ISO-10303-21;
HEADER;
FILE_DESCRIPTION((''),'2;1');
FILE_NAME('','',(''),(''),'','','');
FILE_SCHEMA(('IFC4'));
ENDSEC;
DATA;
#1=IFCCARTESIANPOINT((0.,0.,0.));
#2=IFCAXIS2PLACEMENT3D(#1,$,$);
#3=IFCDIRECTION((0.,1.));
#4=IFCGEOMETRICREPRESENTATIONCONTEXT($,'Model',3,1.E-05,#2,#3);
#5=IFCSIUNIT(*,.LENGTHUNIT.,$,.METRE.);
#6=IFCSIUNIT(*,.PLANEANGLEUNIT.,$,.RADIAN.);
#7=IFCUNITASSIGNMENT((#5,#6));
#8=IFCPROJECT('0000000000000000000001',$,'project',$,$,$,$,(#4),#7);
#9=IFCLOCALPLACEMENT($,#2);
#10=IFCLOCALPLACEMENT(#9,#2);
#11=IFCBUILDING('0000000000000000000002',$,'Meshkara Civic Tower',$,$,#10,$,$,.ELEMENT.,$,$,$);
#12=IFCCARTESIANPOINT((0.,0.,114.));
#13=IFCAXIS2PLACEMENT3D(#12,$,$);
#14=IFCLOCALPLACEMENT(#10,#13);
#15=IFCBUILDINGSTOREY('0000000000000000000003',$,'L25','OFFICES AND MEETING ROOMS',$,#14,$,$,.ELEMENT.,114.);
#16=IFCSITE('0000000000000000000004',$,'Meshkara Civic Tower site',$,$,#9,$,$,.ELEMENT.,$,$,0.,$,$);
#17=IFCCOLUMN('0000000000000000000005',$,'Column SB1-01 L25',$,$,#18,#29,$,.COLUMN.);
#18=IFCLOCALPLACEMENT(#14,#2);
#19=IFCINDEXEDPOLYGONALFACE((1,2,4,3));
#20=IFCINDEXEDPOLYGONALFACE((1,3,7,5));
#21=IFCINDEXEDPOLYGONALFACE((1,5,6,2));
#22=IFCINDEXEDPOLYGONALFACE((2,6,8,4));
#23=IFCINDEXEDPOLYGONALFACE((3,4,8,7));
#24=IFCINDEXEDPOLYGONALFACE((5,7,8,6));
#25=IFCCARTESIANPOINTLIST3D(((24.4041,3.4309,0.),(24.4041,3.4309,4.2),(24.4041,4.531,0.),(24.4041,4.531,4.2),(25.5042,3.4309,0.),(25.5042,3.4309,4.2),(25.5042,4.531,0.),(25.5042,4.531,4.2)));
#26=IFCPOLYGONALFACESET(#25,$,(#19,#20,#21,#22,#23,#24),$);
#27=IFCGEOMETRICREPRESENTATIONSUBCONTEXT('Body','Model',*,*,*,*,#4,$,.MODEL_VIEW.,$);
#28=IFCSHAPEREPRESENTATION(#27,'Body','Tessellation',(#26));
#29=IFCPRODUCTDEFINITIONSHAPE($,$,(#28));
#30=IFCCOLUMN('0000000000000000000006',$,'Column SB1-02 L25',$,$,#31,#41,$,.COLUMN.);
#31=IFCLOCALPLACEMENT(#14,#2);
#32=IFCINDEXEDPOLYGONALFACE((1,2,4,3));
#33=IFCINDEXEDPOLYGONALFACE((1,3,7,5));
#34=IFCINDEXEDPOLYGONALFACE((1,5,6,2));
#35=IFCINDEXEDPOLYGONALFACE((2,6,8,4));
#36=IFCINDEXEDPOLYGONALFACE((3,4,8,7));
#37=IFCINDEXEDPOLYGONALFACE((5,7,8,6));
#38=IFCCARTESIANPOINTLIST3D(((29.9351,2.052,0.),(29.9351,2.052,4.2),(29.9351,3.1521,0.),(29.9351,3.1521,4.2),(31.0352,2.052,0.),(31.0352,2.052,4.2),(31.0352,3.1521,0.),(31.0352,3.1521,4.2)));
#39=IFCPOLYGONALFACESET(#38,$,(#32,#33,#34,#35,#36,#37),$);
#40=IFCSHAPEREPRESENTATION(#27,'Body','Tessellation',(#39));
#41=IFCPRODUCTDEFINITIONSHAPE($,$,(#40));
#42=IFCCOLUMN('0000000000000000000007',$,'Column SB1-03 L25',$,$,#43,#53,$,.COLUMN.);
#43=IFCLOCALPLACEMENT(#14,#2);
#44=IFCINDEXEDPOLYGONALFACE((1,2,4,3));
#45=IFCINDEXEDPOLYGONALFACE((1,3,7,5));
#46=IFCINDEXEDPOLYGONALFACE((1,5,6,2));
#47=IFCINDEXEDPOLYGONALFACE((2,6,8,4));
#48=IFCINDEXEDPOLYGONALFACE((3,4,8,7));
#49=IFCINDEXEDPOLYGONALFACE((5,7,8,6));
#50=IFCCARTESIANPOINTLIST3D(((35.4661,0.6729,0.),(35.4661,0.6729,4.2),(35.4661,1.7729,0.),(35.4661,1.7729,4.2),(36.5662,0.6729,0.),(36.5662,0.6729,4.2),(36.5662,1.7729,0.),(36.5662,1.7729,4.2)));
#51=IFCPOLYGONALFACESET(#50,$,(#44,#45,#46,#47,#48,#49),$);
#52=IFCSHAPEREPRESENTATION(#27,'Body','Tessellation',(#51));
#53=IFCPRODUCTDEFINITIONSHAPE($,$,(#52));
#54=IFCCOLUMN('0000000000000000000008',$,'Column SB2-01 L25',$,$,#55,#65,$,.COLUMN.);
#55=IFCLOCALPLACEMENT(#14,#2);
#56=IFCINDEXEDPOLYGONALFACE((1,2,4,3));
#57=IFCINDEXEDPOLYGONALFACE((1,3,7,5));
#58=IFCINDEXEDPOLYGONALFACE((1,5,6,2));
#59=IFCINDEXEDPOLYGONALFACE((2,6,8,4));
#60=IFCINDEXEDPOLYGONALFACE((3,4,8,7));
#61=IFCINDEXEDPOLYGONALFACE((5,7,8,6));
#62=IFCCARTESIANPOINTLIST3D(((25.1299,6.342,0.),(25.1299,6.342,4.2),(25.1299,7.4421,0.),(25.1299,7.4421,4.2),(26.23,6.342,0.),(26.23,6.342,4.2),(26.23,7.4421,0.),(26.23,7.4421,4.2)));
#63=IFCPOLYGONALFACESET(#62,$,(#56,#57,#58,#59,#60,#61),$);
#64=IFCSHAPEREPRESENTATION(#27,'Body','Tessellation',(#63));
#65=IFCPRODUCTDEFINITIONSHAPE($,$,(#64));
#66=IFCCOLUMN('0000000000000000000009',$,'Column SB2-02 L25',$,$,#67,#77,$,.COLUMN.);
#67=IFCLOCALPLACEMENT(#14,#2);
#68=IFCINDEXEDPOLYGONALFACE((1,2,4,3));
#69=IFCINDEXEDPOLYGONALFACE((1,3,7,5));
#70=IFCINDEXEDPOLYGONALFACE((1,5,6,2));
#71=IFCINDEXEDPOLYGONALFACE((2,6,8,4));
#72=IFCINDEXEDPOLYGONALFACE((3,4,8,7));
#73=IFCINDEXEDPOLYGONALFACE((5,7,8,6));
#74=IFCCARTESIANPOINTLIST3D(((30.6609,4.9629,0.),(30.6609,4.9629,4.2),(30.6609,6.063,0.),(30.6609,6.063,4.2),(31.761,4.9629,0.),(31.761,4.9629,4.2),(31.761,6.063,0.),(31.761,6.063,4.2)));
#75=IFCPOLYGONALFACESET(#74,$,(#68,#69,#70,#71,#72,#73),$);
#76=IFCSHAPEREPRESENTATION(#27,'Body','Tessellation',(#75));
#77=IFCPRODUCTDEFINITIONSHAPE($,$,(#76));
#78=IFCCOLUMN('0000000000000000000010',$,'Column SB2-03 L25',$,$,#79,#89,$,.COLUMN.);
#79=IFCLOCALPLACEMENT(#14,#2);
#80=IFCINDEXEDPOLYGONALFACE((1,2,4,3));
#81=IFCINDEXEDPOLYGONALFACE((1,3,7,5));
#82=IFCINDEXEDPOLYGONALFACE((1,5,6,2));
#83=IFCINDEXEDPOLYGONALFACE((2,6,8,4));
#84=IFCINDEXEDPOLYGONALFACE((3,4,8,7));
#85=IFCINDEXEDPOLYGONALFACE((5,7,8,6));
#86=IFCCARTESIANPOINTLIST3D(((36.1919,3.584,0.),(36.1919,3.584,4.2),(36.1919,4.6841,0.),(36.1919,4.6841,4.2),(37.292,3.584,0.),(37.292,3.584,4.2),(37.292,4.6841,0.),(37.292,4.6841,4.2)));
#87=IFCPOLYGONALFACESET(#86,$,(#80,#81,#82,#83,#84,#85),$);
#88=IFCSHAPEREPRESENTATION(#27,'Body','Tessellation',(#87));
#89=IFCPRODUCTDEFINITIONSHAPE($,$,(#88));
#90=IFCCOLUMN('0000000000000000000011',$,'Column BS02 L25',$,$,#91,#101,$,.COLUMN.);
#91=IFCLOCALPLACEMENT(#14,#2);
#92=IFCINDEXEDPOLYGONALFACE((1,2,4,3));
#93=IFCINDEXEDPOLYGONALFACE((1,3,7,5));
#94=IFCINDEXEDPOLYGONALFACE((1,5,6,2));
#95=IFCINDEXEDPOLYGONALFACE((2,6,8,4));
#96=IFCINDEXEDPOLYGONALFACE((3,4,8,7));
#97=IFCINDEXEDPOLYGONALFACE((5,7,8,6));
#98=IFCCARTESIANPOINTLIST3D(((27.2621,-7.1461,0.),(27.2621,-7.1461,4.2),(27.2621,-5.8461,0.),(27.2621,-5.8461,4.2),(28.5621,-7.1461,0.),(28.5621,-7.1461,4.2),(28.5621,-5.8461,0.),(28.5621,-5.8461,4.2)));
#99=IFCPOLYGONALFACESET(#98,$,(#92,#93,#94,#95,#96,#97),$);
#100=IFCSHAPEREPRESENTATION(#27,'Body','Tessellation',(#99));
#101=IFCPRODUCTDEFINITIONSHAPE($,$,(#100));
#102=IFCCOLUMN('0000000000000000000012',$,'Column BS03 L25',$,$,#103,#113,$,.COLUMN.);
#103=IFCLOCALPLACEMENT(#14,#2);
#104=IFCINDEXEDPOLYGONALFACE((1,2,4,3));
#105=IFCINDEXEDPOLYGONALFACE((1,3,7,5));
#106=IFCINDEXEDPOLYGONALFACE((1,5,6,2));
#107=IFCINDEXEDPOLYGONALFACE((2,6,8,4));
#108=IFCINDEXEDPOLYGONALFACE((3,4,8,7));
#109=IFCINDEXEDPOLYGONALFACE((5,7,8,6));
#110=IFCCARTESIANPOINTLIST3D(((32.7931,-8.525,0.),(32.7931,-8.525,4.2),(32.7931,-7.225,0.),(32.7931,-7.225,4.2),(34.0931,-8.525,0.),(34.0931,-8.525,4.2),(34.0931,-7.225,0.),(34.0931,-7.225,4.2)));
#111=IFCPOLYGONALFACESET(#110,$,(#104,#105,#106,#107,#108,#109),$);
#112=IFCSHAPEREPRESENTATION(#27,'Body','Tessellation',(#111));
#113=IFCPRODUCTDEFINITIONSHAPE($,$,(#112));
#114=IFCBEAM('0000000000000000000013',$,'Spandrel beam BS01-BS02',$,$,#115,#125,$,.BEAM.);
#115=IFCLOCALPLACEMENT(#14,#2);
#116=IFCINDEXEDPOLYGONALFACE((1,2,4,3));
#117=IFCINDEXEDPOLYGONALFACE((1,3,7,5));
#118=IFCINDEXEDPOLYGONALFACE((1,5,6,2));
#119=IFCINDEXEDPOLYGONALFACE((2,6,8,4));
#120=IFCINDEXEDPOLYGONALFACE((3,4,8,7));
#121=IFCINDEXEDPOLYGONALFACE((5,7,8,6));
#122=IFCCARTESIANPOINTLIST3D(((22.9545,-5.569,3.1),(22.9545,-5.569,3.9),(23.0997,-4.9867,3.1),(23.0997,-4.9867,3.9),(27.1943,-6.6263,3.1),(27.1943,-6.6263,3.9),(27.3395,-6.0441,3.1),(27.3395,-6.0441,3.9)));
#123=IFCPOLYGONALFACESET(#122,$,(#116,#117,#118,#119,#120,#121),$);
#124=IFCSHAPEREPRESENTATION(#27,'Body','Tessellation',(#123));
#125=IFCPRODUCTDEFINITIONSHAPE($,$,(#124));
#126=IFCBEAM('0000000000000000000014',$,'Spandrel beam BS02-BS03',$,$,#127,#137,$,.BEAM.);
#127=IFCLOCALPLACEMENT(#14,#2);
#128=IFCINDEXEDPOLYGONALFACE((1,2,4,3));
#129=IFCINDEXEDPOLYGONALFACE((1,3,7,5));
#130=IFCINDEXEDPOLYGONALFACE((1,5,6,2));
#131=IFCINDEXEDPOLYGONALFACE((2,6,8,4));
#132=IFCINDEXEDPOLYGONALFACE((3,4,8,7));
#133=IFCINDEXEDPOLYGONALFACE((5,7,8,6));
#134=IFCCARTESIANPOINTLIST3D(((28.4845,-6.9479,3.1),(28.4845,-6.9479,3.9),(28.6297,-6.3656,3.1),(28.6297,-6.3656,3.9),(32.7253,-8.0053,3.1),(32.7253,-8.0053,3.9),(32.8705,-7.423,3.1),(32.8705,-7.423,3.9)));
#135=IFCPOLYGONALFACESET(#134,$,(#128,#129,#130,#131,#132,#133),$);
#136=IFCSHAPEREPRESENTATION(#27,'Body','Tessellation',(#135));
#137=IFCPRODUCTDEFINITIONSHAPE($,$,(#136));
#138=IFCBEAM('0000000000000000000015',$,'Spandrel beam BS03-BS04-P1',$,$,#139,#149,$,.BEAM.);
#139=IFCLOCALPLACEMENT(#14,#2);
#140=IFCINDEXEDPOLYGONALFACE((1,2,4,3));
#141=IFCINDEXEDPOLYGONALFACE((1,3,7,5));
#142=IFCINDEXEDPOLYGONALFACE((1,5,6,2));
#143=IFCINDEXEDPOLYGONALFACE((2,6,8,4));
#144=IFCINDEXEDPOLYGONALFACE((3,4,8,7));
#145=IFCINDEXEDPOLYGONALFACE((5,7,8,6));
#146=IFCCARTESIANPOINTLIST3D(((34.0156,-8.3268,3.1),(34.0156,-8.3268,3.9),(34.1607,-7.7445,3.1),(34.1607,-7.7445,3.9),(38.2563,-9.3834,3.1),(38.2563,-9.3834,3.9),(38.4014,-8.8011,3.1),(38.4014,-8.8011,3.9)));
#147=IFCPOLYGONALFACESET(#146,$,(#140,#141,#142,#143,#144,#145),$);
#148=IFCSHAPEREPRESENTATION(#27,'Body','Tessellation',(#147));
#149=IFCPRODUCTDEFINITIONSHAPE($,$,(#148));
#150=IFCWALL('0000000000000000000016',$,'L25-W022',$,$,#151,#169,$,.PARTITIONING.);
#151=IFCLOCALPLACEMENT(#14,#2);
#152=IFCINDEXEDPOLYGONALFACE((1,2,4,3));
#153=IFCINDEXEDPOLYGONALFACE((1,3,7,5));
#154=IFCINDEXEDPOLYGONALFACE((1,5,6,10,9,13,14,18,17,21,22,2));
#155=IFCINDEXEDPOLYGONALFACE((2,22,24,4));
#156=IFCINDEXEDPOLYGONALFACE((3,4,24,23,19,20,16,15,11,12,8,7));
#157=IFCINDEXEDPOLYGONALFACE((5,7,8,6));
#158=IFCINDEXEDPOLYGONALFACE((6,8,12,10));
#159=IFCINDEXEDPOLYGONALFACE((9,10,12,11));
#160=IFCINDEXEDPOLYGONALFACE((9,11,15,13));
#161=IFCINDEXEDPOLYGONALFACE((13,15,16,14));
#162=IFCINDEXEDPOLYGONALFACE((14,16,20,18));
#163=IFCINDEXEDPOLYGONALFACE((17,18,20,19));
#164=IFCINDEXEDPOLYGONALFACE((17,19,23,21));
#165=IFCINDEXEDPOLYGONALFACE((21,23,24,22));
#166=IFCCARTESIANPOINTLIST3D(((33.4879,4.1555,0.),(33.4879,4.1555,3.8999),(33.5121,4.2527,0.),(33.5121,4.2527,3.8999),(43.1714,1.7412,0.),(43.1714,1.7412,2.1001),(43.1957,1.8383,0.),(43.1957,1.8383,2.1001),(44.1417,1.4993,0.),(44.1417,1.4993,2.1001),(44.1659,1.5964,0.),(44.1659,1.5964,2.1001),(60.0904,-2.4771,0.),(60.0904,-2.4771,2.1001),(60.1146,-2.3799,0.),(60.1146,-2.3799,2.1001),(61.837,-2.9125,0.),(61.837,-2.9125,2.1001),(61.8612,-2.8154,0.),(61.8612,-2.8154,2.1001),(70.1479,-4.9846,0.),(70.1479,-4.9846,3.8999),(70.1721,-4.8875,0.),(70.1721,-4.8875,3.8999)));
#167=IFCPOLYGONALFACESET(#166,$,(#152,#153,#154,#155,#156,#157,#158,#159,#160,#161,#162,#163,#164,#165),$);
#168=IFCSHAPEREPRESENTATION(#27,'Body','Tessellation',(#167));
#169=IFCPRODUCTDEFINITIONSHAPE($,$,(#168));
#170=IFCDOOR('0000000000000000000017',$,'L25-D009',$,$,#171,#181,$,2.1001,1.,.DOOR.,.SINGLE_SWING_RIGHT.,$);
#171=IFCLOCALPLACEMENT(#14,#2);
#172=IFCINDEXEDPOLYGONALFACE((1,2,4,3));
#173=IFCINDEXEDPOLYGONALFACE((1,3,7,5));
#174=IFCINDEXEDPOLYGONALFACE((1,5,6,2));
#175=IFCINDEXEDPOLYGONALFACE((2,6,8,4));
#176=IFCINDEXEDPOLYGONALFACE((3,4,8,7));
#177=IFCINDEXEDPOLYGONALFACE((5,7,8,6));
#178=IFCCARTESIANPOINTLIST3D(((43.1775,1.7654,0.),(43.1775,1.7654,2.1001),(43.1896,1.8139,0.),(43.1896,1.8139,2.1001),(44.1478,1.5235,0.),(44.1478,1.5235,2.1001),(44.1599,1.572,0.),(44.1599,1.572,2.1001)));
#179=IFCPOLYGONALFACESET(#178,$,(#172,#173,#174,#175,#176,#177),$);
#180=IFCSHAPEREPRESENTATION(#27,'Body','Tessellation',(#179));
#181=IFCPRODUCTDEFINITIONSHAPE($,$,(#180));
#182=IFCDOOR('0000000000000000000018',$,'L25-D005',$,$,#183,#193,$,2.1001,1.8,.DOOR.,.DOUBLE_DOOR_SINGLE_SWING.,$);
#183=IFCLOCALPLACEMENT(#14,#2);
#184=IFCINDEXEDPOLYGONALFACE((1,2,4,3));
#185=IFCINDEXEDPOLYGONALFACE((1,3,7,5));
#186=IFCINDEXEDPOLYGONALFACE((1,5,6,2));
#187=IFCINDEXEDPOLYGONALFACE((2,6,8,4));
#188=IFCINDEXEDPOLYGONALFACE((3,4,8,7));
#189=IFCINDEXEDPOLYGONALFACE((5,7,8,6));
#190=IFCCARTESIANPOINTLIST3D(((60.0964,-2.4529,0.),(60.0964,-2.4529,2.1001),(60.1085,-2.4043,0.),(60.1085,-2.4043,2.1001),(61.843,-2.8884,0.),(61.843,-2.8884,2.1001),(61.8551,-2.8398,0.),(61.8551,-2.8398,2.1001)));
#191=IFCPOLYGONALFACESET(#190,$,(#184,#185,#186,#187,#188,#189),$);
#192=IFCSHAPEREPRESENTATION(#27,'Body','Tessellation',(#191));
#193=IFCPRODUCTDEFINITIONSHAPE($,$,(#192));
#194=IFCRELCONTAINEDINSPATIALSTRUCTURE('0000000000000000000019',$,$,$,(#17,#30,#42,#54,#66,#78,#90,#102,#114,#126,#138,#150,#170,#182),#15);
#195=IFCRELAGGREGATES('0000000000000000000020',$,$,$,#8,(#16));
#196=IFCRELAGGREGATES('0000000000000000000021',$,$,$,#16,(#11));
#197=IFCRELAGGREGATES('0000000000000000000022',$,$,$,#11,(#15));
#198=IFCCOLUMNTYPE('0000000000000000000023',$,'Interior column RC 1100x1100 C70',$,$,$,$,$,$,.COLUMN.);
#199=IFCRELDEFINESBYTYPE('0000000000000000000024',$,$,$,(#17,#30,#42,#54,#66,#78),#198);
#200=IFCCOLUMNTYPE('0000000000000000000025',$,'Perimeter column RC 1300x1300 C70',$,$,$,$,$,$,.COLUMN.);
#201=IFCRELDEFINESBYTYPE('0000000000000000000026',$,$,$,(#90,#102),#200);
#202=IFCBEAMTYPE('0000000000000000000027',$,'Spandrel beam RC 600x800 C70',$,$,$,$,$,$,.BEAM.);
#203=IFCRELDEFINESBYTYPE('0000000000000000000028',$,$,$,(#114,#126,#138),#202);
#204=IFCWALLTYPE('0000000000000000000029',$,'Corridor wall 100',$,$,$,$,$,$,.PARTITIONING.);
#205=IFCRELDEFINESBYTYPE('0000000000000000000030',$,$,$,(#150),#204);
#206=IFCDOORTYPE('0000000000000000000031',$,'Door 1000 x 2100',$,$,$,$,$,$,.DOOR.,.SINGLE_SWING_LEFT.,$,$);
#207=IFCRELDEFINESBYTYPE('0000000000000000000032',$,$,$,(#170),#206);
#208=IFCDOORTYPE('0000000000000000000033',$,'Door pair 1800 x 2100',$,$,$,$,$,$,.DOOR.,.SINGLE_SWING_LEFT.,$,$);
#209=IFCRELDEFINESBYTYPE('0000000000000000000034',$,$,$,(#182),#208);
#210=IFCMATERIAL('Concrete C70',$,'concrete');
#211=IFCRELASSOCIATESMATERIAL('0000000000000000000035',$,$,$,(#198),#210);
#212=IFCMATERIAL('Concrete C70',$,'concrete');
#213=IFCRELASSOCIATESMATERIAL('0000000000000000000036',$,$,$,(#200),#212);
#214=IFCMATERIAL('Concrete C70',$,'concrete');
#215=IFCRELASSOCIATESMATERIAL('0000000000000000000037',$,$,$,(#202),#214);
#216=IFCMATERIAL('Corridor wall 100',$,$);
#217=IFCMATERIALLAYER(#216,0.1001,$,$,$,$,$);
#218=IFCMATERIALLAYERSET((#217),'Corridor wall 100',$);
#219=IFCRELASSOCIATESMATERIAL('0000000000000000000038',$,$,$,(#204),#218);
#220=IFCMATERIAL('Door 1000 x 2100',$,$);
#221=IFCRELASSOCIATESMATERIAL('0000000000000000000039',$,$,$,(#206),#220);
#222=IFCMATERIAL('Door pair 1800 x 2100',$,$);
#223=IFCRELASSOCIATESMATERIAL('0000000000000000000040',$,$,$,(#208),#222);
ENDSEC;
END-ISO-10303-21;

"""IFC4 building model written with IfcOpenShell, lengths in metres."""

from ifc_helpers import new_model, si_unit, direction, frame, frame_2d, origin, origin_2d, place, context, subcontext, project, spatial, rectangle, extrude, material, layer, layer_set, material_profile, profile_set, type_object, element, fill, save


model = new_model("IFC4")

# Units and contexts
model_context = context("Model", 3, precision=1e-05, world=origin(), true_north=direction((0.0, 1.0)))
body_context = subcontext(model_context, "Body", "Model", "MODEL_VIEW")
ifc_project = project(units=[si_unit("LENGTHUNIT", "METRE"), si_unit("PLANEANGLEUNIT", "RADIAN")], contexts=[model_context])

# Site, building, storey
site_placement = place(None, origin())
site = spatial("IfcSite", under=ifc_project, at=site_placement, Name="Meshkara Civic Tower site", CompositionType="ELEMENT", RefElevation=0.0)
building_placement = place(site_placement, origin())
building = spatial("IfcBuilding", under=site, at=building_placement, Name="Meshkara Civic Tower", CompositionType="ELEMENT")
storey_placement = place(building_placement, frame((0.0, 0.0, 114.0)))
storey = spatial("IfcBuildingStorey", under=building, at=storey_placement, Name="L25", Description="OFFICES AND MEETING ROOMS", CompositionType="ELEMENT", Elevation=114.0)

# Columns
ifc_material_1 = material(Name="Concrete C70", Category="concrete")
ifc_material_profile_1 = material_profile(ifc_material_1, rectangle(XDim=1.1001, YDim=1.1001, at=origin_2d()))
ifc_profile_set_1 = profile_set([ifc_material_profile_1], Name="Concrete C70")
column_type_1 = type_object("IfcColumnType", Name="Interior column RC 1100x1100 C70", PredefinedType="COLUMN", material=ifc_profile_set_1)
for number, where, z_axis, x_axis, name in (
    (1, (24.9541, 3.981, 0.0), (0.0, 0.0, 1.0), (1.0, 0.0, 0.0), "Column SB1-01 L25"),
    (2, (30.4851, 2.6021, 0.0), (0.0, 0.0, 1.0), (1.0, 0.0, 0.0), "Column SB1-02 L25"),
    (3, (36.0161, 1.2229, 0.0), (0.0, 0.0, 1.0), (1.0, 0.0, 0.0), "Column SB1-03 L25"),
    (4, (25.6799, 6.8921, 0.0), (0.0, 0.0, 1.0), (1.0, 0.0, 0.0), "Column SB2-01 L25"),
    (5, (31.2109, 5.5129, 0.0), (0.0, 0.0, 1.0), (1.0, 0.0, 0.0), "Column SB2-02 L25"),
    (6, (36.7419, 4.134, 0.0), (0.0, 0.0, 1.0), (1.0, 0.0, 0.0), "Column SB2-03 L25"),
):
    element("IfcColumn", number, at=place(storey_placement, frame(where, z_axis=z_axis, x_axis=x_axis)), inside=storey, type_object=column_type_1, Name=name, PredefinedType="COLUMN", context=body_context, shape_type="SweptSolid", body=[
        extrude(rectangle(XDim=1.1001, YDim=1.1001, at=origin_2d()), origin(), (0.0, 0.0, 1.0), 4.2),
    ])
ifc_material_2 = material(Name="Concrete C70", Category="concrete")
ifc_material_profile_2 = material_profile(ifc_material_2, rectangle(XDim=1.3, YDim=1.3, at=origin_2d()))
ifc_profile_set_2 = profile_set([ifc_material_profile_2], Name="Concrete C70")
column_type_2 = type_object("IfcColumnType", Name="Perimeter column RC 1300x1300 C70", PredefinedType="COLUMN", material=ifc_profile_set_2)
for number, where, z_axis, x_axis, name in (
    (7, (27.9121, -6.4961, 0.0), (0.0, 0.0, 1.0), (1.0, 0.0, 0.0), "Column BS02 L25"),
    (8, (33.4431, -7.875, 0.0), (0.0, 0.0, 1.0), (1.0, 0.0, 0.0), "Column BS03 L25"),
):
    element("IfcColumn", number, at=place(storey_placement, frame(where, z_axis=z_axis, x_axis=x_axis)), inside=storey, type_object=column_type_2, Name=name, PredefinedType="COLUMN", context=body_context, shape_type="SweptSolid", body=[
        extrude(rectangle(XDim=1.3, YDim=1.3, at=origin_2d()), origin(), (0.0, 0.0, 1.0), 4.2),
    ])

# Beams
ifc_material_3 = material(Name="Concrete C70", Category="concrete")
ifc_material_profile_3 = material_profile(ifc_material_3, rectangle(XDim=0.6001, YDim=0.8, at=origin_2d()))
ifc_profile_set_3 = profile_set([ifc_material_profile_3], Name="Concrete C70")
beam_type = type_object("IfcBeamType", Name="Spandrel beam RC 600x800 C70", PredefinedType="BEAM", material=ifc_profile_set_3)
beam_1_placement = place(storey_placement, frame((23.0271, -5.2778, 3.5), z_axis=(0.97028, -0.241983, 0.0), x_axis=(0.241983, 0.97028, 0.0)))
element("IfcBeam", 9, at=beam_1_placement, inside=storey, type_object=beam_type, Name="Spandrel beam BS01-BS02", PredefinedType="BEAM", context=body_context, shape_type="SweptSolid", body=[
    extrude(rectangle(XDim=0.6001, YDim=0.8, at=origin_2d()), origin(), (0.0, 0.0, 1.0), 4.3696),
])
beam_2_placement = place(storey_placement, frame((28.5571, -6.6567, 3.5), z_axis=(0.970293, -0.241931, 0.0), x_axis=(0.241931, 0.970293, 0.0)))
element("IfcBeam", 10, at=beam_2_placement, inside=storey, type_object=beam_type, Name="Spandrel beam BS02-BS03", PredefinedType="BEAM", context=body_context, shape_type="SweptSolid", body=[
    extrude(rectangle(XDim=0.6001, YDim=0.8, at=origin_2d()), origin(), (0.0, 0.0, 1.0), 4.3706),
])
beam_3_placement = place(storey_placement, frame((34.0881, -8.0356, 3.5), z_axis=(0.970333, -0.241773, 0.0), x_axis=(0.241773, 0.970333, 0.0)))
element("IfcBeam", 11, at=beam_3_placement, inside=storey, type_object=beam_type, Name="Spandrel beam BS03-BS04-P1", PredefinedType="BEAM", context=body_context, shape_type="SweptSolid", body=[
    extrude(rectangle(XDim=0.6001, YDim=0.8, at=origin_2d()), origin(), (0.0, 0.0, 1.0), 4.3704),
])

# Wall, openings, doors
ifc_material_4 = material(Name="Corridor wall 100")
ifc_layer_1 = layer(ifc_material_4, 0.1001)
ifc_layer_set_1 = layer_set([ifc_layer_1], Name="Corridor wall 100")
wall_type_1 = type_object("IfcWallType", Name="Corridor wall 100", PredefinedType="PARTITIONING", material=ifc_layer_set_1)
wall_1_placement = place(storey_placement, frame((33.5, 4.2041, 0.0), z_axis=(0.0, 0.0, 1.0), x_axis=(0.970297, -0.241917, 0.0)))
wall_1 = element("IfcWall", 12, at=wall_1_placement, inside=storey, type_object=wall_type_1, Name="L25-W022", PredefinedType="PARTITIONING", context=body_context, shape_type="SweptSolid", body=[
    extrude(rectangle(XDim=37.7822, YDim=0.1001, at=frame_2d((18.8911, 0.0))), origin(), (0.0, 0.0, 1.0), 3.8999),
])
opening_1_placement = place(wall_1_placement, frame((27.417, 0.0, 0.0)))
opening_1 = element("IfcOpeningElement", 13, at=opening_1_placement, cuts=wall_1, PredefinedType="OPENING", context=body_context, shape_type="SweptSolid", body=[
    extrude(rectangle(XDim=1.8, YDim=2.1001, at=frame_2d((0.8999, 1.05))), frame((0.0, 0.0601, 0.0), z_axis=(0.0, -1.0, 0.0), x_axis=(1.0, 0.0, 0.0)), (0.0, 0.0, 1.0), 0.1201),
])
opening_2_placement = place(wall_1_placement, frame((9.98, 0.0, 0.0)))
opening_2 = element("IfcOpeningElement", 14, at=opening_2_placement, cuts=wall_1, PredefinedType="OPENING", context=body_context, shape_type="SweptSolid", body=[
    extrude(rectangle(XDim=1.0, YDim=2.1001, at=frame_2d((0.5, 1.05))), frame((0.0, 0.0601, 0.0), z_axis=(0.0, -1.0, 0.0), x_axis=(1.0, 0.0, 0.0)), (0.0, 0.0, 1.0), 0.1201),
])
ifc_material_5 = material(Name="Door 1000 x 2100")
door_type_1 = type_object("IfcDoorType", Name="Door 1000 x 2100", OperationType="SINGLE_SWING_LEFT", PredefinedType="DOOR", material=ifc_material_5)
door_1_placement = place(opening_2_placement, origin())
door_1 = element("IfcDoor", 15, at=door_1_placement, inside=storey, type_object=door_type_1, Name="L25-D009", OperationType="SINGLE_SWING_RIGHT", OverallHeight=2.1001, OverallWidth=1.0, PredefinedType="DOOR", context=body_context, shape_type="SweptSolid", body=[
    extrude(rectangle(XDim=1.0, YDim=2.1001, at=frame_2d((0.5, 1.05))), frame((0.0, 0.0249, 0.0), z_axis=(0.0, -1.0, 0.0), x_axis=(1.0, 0.0, 0.0)), (0.0, 0.0, 1.0), 0.05),
])
fill(opening_2, door_1)
ifc_material_6 = material(Name="Door pair 1800 x 2100")
door_type_2 = type_object("IfcDoorType", Name="Door pair 1800 x 2100", OperationType="SINGLE_SWING_LEFT", PredefinedType="DOOR", material=ifc_material_6)
door_2_placement = place(opening_1_placement, origin())
door_2 = element("IfcDoor", 16, at=door_2_placement, inside=storey, type_object=door_type_2, Name="L25-D005", OperationType="DOUBLE_DOOR_SINGLE_SWING", OverallHeight=2.1001, OverallWidth=1.8, PredefinedType="DOOR", context=body_context, shape_type="SweptSolid", body=[
    extrude(rectangle(XDim=1.8, YDim=2.1001, at=frame_2d((0.8999, 1.05))), frame((0.0, 0.0249, 0.0), z_axis=(0.0, -1.0, 0.0), x_axis=(1.0, 0.0, 0.0)), (0.0, 0.0, 1.0), 0.05),
])
fill(opening_1, door_2)

save(model, "model.ifc")
